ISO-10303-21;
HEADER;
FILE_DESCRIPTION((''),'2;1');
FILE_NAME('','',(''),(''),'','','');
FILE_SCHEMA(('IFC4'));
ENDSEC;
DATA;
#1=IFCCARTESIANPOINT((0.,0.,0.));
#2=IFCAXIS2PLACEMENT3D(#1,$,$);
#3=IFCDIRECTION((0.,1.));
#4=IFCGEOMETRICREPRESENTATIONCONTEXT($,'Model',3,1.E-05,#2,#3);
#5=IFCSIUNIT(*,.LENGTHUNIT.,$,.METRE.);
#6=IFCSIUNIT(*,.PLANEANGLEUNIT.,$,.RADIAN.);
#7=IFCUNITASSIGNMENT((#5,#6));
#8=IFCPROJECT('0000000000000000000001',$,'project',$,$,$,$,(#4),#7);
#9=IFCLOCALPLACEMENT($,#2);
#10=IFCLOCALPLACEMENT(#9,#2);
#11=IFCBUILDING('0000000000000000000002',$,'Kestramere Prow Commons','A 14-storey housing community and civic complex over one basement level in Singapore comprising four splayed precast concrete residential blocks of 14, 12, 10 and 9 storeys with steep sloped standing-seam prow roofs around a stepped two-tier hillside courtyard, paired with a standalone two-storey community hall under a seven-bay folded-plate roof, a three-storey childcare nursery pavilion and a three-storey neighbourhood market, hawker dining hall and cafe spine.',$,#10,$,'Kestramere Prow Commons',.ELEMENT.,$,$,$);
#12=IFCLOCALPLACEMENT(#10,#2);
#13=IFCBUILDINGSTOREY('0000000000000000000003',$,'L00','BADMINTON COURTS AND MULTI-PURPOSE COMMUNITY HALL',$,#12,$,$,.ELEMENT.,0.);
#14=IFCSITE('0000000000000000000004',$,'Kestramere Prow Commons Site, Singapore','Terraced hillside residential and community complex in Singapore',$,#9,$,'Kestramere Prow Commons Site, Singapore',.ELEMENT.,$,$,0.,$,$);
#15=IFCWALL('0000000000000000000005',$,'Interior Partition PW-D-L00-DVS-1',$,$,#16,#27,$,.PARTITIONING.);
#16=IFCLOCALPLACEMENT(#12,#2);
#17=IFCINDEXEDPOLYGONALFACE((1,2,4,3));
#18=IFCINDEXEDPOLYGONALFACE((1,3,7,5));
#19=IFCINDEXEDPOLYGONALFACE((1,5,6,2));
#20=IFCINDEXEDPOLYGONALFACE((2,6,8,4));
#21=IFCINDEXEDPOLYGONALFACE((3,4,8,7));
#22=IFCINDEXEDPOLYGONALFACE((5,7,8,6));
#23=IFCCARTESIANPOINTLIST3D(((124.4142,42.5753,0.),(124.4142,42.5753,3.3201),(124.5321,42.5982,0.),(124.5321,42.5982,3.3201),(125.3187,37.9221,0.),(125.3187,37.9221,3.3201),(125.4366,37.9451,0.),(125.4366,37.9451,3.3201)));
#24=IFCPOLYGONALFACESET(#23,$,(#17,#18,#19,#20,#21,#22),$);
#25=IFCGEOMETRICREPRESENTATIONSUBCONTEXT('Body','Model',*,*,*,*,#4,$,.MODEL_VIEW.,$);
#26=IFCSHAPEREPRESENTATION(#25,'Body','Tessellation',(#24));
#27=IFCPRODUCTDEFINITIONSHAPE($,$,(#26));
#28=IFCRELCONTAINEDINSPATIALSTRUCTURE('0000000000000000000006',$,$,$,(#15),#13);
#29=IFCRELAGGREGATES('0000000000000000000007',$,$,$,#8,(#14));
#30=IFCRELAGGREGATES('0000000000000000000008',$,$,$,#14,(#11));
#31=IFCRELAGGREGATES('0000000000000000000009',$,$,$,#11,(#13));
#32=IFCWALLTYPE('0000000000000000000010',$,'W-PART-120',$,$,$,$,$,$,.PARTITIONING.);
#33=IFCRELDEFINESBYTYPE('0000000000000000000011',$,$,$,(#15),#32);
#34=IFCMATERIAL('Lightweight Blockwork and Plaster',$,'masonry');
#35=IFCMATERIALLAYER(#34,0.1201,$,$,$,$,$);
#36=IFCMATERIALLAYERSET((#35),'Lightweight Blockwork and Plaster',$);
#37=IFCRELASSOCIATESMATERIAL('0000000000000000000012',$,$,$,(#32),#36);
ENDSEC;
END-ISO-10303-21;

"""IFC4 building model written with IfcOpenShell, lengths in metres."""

from ifc_helpers import new_model, si_unit, direction, frame, frame_2d, origin, place, context, subcontext, project, spatial, rectangle, extrude, material, layer, layer_set, type_object, element, save


model = new_model("IFC4")

# Units and contexts
model_context = context("Model", 3, precision=1e-05, world=origin(), true_north=direction((0.0, 1.0)))
body_context = subcontext(model_context, "Body", "Model", "MODEL_VIEW")
ifc_project = project(units=[si_unit("LENGTHUNIT", "METRE"), si_unit("PLANEANGLEUNIT", "RADIAN")], contexts=[model_context])

# Site, building, storey
site_placement = place(None, origin())
site = spatial("IfcSite", under=ifc_project, at=site_placement, Name="Kestramere Prow Commons Site, Singapore", Description="Terraced hillside residential and community complex in Singapore", LongName="Kestramere Prow Commons Site, Singapore", CompositionType="ELEMENT", RefElevation=0.0)
building_placement = place(site_placement, origin())
building = spatial("IfcBuilding", under=site, at=building_placement, Name="Kestramere Prow Commons", Description="A 14-storey housing community and civic complex over one basement level in Singapore comprising four splayed precast concrete residential blocks of 14, 12, 10 and 9 storeys with steep sloped standing-seam prow roofs around a stepped two-tier hillside courtyard, paired with a standalone two-storey community hall under a seven-bay folded-plate roof, a three-storey childcare nursery pavilion and a three-storey neighbourhood market, hawker dining hall and cafe spine.", LongName="Kestramere Prow Commons", CompositionType="ELEMENT")
storey_placement = place(building_placement, origin())
storey = spatial("IfcBuildingStorey", under=building, at=storey_placement, Name="L00", Description="BADMINTON COURTS AND MULTI-PURPOSE COMMUNITY HALL", CompositionType="ELEMENT", Elevation=0.0)

# Wall
ifc_material_1 = material(Name="Lightweight Blockwork and Plaster", Category="masonry")
ifc_layer_1 = layer(ifc_material_1, 0.1201)
ifc_layer_set_1 = layer_set([ifc_layer_1], Name="Lightweight Blockwork and Plaster")
wall_type_1 = type_object("IfcWallType", Name="W-PART-120", PredefinedType="PARTITIONING", material=ifc_layer_set_1)
wall_1_placement = place(storey_placement, frame((125.3777, 37.9336, 0.0), z_axis=(0.0, 0.0, 1.0), x_axis=(-0.190824, 0.981624, 0.0)))
element("IfcWall", 1, at=wall_1_placement, inside=storey, type_object=wall_type_1, Name="Interior Partition PW-D-L00-DVS-1", PredefinedType="PARTITIONING", context=body_context, shape_type="SweptSolid", body=[
    extrude(rectangle(XDim=4.7402, YDim=0.1201, at=frame_2d((2.3701, 0.0))), origin(), (0.0, 0.0, 1.0), 3.3201),
])

save(model, "model.ifc")
